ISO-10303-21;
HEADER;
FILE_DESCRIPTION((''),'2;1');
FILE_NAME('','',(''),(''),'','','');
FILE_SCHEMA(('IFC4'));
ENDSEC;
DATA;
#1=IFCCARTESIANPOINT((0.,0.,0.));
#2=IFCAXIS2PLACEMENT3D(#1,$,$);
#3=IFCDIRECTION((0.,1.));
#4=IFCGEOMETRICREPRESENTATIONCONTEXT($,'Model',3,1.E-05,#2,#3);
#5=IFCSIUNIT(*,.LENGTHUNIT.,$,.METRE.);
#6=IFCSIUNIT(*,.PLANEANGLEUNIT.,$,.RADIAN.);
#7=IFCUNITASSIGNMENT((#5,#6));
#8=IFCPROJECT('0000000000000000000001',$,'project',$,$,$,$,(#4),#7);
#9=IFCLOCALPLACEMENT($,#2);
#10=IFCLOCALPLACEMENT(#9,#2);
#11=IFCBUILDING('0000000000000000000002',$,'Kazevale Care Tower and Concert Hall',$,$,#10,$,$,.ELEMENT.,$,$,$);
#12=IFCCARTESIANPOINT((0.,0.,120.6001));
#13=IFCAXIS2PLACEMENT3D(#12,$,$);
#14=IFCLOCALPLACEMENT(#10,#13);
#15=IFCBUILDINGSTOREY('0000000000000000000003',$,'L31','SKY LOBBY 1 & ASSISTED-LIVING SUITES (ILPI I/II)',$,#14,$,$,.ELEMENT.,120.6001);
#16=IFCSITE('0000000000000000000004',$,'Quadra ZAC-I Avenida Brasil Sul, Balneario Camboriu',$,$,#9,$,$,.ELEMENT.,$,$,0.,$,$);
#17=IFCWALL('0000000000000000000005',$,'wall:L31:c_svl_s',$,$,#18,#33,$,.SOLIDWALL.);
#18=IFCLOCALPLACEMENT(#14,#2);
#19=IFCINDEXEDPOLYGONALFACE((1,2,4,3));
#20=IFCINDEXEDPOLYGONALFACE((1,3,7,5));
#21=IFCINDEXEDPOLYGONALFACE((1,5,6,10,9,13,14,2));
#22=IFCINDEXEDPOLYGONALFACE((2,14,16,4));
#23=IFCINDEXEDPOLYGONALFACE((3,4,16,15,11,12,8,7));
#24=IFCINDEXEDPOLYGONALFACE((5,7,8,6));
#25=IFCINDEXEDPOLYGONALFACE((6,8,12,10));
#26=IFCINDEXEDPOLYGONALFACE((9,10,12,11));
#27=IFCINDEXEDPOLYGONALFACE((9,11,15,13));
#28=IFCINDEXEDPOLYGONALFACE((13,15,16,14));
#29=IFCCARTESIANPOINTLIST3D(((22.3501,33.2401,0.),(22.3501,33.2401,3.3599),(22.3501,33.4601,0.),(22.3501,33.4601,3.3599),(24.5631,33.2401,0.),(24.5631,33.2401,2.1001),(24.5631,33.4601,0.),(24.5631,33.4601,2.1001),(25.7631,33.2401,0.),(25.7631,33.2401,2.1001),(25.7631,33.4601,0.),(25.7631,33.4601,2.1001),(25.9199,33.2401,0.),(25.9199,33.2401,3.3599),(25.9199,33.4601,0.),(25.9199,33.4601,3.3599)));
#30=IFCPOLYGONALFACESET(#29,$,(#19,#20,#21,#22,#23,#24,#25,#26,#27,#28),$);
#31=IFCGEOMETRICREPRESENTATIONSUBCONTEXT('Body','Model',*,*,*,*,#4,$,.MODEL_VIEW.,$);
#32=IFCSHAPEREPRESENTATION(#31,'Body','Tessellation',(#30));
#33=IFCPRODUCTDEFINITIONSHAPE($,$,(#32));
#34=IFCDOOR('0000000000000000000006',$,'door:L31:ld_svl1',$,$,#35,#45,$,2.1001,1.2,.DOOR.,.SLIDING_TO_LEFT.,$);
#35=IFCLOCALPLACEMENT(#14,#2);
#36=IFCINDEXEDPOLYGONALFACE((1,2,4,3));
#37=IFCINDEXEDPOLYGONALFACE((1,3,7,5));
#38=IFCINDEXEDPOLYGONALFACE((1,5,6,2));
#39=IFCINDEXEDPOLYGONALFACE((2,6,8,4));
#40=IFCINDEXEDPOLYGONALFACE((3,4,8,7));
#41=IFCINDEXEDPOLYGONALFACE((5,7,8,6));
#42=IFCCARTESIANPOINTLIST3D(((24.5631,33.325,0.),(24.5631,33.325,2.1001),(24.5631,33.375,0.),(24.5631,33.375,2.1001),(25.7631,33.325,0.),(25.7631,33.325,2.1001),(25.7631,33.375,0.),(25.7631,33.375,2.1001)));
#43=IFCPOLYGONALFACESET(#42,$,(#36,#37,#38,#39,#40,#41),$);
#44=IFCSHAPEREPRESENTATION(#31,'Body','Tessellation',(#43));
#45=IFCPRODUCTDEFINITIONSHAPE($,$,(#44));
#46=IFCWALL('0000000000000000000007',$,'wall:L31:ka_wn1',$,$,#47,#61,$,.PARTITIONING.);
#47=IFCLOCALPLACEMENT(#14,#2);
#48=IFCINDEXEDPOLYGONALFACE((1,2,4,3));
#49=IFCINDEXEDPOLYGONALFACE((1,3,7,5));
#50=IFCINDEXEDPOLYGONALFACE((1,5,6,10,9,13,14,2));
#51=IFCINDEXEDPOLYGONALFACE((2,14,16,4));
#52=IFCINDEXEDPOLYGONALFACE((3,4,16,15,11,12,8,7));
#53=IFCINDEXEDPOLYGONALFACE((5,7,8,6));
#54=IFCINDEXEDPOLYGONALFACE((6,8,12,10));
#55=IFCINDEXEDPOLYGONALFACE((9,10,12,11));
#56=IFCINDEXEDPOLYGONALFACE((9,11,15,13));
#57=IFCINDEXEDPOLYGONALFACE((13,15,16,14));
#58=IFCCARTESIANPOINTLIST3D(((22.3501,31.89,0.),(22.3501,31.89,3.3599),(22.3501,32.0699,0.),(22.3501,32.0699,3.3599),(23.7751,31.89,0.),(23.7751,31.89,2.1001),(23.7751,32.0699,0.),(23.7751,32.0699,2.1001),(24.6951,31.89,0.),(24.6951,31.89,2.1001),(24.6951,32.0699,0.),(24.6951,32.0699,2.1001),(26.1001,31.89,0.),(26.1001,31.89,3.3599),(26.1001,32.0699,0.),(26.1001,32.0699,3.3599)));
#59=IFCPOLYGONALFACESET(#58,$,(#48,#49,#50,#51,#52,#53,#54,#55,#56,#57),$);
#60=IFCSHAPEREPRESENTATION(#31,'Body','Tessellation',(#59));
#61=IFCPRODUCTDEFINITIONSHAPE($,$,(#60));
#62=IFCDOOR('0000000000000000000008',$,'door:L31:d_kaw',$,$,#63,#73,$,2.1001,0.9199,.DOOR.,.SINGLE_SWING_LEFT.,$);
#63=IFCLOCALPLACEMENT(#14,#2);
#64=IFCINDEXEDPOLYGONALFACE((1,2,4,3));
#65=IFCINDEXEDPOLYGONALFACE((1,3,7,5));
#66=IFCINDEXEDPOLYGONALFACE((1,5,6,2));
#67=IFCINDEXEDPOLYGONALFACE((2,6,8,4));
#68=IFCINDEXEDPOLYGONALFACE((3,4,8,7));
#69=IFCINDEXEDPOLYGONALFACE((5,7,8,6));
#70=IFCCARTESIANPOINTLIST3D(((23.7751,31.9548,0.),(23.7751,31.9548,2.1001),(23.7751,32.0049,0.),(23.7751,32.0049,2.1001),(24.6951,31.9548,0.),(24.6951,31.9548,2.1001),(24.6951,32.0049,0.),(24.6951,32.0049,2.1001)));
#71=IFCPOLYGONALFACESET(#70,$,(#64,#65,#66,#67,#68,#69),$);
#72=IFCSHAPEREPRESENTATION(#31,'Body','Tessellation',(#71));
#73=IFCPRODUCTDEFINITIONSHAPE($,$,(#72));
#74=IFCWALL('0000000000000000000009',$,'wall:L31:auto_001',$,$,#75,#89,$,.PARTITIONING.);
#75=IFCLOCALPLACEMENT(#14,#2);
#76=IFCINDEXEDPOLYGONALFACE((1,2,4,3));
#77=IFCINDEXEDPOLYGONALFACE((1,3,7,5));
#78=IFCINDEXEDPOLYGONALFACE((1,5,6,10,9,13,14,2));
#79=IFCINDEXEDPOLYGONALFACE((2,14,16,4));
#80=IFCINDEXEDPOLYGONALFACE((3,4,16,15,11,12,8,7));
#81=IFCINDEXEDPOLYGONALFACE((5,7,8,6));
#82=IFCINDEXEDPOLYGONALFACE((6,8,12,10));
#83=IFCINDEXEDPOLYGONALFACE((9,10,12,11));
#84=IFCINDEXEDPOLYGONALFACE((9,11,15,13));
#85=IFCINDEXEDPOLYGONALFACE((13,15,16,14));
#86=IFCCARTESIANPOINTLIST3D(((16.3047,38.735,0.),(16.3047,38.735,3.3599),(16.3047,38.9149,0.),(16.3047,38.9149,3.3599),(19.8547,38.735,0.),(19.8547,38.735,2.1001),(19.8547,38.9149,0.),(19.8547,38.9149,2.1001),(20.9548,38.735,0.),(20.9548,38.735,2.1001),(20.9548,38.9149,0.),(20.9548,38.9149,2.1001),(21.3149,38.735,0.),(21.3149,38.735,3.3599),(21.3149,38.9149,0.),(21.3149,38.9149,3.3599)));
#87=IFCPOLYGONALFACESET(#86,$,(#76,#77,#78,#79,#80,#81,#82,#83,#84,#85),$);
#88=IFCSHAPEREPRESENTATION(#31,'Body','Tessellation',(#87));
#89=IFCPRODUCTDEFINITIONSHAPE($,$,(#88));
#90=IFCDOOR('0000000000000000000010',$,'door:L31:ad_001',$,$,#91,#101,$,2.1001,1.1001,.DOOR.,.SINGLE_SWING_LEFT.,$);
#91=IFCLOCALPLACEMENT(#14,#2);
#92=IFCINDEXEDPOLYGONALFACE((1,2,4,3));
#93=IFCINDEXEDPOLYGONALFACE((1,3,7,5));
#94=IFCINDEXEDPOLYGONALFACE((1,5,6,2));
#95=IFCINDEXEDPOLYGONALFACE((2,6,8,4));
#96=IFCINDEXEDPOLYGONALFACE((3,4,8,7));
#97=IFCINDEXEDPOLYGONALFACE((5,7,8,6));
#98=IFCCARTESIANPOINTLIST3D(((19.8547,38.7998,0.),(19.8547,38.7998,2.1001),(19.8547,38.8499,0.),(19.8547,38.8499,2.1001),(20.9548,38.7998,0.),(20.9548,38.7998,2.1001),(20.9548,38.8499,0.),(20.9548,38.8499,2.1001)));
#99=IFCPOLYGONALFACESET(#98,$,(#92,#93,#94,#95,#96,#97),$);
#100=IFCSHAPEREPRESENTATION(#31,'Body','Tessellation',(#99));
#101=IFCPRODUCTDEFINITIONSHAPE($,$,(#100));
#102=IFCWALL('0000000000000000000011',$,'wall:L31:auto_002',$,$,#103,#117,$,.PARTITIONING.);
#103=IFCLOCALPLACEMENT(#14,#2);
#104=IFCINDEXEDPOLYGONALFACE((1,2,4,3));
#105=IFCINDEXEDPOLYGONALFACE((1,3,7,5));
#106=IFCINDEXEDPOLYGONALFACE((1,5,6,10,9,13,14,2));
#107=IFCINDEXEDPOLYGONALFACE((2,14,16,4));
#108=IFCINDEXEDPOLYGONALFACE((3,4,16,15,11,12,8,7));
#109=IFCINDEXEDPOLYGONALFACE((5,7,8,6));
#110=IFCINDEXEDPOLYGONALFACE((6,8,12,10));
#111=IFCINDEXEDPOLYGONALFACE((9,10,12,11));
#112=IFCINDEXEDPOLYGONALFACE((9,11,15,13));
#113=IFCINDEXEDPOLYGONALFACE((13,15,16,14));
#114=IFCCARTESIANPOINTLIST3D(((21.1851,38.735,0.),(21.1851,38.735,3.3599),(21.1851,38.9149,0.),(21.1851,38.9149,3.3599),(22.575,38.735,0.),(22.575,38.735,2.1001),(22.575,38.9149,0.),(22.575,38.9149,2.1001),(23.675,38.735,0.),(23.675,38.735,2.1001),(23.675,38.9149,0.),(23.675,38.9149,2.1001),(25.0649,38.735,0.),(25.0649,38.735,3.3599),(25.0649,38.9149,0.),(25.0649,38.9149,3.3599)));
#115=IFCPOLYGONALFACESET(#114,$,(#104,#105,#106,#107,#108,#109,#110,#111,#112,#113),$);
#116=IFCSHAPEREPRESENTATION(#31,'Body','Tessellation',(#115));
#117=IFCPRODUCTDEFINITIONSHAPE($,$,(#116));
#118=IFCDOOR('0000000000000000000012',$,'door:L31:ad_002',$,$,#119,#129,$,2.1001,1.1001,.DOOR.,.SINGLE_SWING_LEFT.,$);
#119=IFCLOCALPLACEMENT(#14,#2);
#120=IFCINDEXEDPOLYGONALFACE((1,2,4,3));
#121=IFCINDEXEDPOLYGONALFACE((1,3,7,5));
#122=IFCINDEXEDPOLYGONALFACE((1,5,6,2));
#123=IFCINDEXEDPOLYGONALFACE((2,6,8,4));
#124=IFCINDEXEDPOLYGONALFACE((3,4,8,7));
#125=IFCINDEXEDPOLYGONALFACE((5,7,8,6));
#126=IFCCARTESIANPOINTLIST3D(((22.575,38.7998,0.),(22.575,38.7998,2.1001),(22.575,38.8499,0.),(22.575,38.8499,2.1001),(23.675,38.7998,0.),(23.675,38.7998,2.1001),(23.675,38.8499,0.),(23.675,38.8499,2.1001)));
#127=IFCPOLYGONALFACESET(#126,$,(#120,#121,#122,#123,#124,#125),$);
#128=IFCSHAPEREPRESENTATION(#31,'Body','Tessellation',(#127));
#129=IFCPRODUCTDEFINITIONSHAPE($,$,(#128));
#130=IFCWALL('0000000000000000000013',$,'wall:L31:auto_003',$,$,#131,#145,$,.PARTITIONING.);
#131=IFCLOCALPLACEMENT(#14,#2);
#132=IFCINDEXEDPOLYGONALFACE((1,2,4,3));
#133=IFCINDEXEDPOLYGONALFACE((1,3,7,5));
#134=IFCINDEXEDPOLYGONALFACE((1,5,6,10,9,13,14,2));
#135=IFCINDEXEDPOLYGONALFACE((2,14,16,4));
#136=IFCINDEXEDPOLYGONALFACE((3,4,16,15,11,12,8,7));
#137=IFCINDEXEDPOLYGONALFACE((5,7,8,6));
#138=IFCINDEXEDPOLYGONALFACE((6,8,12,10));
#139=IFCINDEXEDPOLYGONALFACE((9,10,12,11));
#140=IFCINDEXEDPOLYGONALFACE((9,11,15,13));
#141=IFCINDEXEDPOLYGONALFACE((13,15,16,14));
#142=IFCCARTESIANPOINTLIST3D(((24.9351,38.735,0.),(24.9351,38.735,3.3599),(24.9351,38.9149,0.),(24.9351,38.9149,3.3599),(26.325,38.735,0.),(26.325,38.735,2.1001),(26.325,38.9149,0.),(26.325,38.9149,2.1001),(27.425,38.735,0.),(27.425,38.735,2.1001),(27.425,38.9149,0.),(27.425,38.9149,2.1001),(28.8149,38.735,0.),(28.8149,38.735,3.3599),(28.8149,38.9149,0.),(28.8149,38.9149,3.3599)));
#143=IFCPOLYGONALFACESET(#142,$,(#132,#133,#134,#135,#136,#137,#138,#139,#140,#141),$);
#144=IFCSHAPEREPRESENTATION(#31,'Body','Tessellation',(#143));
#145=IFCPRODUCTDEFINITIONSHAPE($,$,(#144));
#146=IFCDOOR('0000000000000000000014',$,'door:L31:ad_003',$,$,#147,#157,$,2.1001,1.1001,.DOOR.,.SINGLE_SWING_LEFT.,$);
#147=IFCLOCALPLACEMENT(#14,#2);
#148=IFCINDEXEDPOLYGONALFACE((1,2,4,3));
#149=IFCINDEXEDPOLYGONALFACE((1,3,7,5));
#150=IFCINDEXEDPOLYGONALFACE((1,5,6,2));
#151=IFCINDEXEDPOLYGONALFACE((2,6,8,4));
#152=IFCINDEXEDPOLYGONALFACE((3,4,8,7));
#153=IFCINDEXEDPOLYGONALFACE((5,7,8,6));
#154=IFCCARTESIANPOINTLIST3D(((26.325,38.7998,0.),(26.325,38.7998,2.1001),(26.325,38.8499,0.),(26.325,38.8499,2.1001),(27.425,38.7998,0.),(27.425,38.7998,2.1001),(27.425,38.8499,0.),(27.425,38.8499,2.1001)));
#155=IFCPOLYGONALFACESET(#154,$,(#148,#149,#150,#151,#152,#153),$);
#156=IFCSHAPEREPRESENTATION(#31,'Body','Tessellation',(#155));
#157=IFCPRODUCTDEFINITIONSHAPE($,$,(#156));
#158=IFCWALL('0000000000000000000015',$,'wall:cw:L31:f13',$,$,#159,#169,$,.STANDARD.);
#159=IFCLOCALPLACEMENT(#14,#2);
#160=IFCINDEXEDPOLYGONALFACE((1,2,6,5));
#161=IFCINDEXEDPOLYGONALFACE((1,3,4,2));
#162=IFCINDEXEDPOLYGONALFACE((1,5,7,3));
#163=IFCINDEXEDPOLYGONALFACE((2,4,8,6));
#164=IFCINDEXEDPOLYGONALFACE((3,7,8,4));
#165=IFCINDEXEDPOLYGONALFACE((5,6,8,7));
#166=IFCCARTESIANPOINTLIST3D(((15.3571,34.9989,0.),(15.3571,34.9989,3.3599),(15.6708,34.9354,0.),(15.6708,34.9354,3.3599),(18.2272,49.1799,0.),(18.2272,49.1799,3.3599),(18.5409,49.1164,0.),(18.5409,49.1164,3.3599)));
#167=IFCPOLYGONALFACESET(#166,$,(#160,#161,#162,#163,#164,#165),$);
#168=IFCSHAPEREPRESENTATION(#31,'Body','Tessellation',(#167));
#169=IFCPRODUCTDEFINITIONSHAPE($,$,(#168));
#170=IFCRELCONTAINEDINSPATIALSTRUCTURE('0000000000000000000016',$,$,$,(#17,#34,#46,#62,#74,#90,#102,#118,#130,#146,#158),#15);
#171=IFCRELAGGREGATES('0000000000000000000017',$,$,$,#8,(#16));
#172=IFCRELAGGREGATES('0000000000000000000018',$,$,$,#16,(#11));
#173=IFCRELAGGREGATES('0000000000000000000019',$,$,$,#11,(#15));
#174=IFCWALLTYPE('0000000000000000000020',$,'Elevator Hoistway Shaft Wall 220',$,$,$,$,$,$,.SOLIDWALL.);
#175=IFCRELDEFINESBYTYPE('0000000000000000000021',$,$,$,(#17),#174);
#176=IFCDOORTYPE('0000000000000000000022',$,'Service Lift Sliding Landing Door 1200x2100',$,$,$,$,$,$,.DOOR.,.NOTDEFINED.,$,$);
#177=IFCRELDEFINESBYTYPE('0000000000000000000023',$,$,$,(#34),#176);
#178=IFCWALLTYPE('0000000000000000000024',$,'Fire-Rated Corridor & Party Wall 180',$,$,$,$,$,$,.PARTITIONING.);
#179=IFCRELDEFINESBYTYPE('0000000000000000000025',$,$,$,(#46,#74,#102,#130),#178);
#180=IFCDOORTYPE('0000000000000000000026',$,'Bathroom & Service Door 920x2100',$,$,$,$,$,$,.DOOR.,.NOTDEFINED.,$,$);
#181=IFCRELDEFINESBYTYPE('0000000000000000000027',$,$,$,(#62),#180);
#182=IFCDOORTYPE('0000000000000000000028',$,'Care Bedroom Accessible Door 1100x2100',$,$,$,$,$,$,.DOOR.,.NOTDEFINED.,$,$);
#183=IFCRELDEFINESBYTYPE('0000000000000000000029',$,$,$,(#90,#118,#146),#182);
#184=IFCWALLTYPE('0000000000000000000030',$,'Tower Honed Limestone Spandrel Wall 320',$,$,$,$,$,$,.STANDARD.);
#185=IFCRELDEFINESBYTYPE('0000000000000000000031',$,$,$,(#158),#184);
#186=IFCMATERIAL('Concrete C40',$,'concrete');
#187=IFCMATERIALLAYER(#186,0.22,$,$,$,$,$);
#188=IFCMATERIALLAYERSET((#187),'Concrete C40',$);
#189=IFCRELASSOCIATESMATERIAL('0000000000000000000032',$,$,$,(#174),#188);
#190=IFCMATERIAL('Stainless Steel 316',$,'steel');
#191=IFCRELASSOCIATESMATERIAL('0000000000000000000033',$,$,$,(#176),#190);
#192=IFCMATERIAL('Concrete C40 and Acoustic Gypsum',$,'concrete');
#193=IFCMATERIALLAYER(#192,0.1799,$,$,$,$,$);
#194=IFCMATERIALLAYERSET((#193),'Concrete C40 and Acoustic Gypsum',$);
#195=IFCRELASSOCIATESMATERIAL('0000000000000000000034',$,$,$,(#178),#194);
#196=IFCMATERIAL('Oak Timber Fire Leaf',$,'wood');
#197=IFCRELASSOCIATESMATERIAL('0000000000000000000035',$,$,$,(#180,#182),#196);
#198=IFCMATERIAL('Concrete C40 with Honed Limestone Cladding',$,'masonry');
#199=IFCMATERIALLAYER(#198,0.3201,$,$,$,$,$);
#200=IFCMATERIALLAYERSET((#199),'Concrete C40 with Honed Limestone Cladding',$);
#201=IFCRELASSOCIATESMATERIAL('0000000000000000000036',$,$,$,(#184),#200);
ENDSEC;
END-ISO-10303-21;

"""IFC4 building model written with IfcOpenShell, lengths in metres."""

from ifc_helpers import new_model, si_unit, direction, frame, frame_2d, origin, place, context, subcontext, project, spatial, rectangle, extrude, material, layer, layer_set, type_object, element, fill, save


model = new_model("IFC4")

# Units and contexts
model_context = context("Model", 3, precision=1e-05, world=origin(), true_north=direction((0.0, 1.0)))
body_context = subcontext(model_context, "Body", "Model", "MODEL_VIEW")
ifc_project = project(units=[si_unit("LENGTHUNIT", "METRE"), si_unit("PLANEANGLEUNIT", "RADIAN")], contexts=[model_context])

# Site, building, storey
site_placement = place(None, origin())
site = spatial("IfcSite", under=ifc_project, at=site_placement, Name="Quadra ZAC-I Avenida Brasil Sul, Balneario Camboriu", CompositionType="ELEMENT", RefElevation=0.0)
building_placement = place(site_placement, origin())
building = spatial("IfcBuilding", under=site, at=building_placement, Name="Kazevale Care Tower and Concert Hall", CompositionType="ELEMENT")
storey_placement = place(building_placement, frame((0.0, 0.0, 120.6001)))
storey = spatial("IfcBuildingStorey", under=building, at=storey_placement, Name="L31", Description="SKY LOBBY 1 & ASSISTED-LIVING SUITES (ILPI I/II)", CompositionType="ELEMENT", Elevation=120.6001)

# Shared definitions
ifc_material_1 = material(Name="Concrete C40", Category="concrete")
ifc_layer_1 = layer(ifc_material_1, 0.22)
ifc_layer_set_1 = layer_set([ifc_layer_1], Name="Concrete C40")
wall_type_1 = type_object("IfcWallType", Name="Elevator Hoistway Shaft Wall 220", PredefinedType="SOLIDWALL", material=ifc_layer_set_1)

# Walls, openings, doors
wall_1_placement = place(storey_placement, frame((22.3501, 33.3501, 0.0), z_axis=(0.0, 0.0, 1.0), x_axis=(1.0, 0.0, 0.0)))
wall_1 = element("IfcWall", 1, at=wall_1_placement, inside=storey, type_object=wall_type_1, Name="wall:L31:c_svl_s", PredefinedType="SOLIDWALL", context=body_context, shape_type="SweptSolid", body=[
    extrude(rectangle(XDim=3.5698, YDim=0.22, at=frame_2d((1.7849, 0.0))), origin(), (0.0, 0.0, 1.0), 3.3599),
])
opening_1_placement = place(wall_1_placement, frame((2.2129, 0.0, 0.0)))
opening_1 = element("IfcOpeningElement", 2, at=opening_1_placement, cuts=wall_1, PredefinedType="OPENING", context=body_context, shape_type="SweptSolid", body=[
    extrude(rectangle(XDim=1.2, YDim=2.1001, at=frame_2d((0.6001, 1.05))), frame((0.0, 0.1199, 0.0), z_axis=(0.0, -1.0, 0.0), x_axis=(1.0, 0.0, 0.0)), (0.0, 0.0, 1.0), 0.24),
])
ifc_material_2 = material(Name="Stainless Steel 316", Category="steel")
door_type_1 = type_object("IfcDoorType", Name="Service Lift Sliding Landing Door 1200x2100", OperationType="NOTDEFINED", PredefinedType="DOOR", material=ifc_material_2)
door_1_placement = place(opening_1_placement, origin())
door_1 = element("IfcDoor", 3, at=door_1_placement, inside=storey, type_object=door_type_1, Name="door:L31:ld_svl1", OperationType="SLIDING_TO_LEFT", OverallHeight=2.1001, OverallWidth=1.2, PredefinedType="DOOR", context=body_context, shape_type="SweptSolid", body=[
    extrude(rectangle(XDim=1.2, YDim=2.1001, at=frame_2d((0.6001, 1.05))), frame((0.0, 0.0249, 0.0), z_axis=(0.0, -1.0, 0.0), x_axis=(1.0, 0.0, 0.0)), (0.0, 0.0, 1.0), 0.05),
])
fill(opening_1, door_1)
ifc_material_3 = material(Name="Concrete C40 and Acoustic Gypsum", Category="concrete")
ifc_layer_2 = layer(ifc_material_3, 0.1799)
ifc_layer_set_2 = layer_set([ifc_layer_2], Name="Concrete C40 and Acoustic Gypsum")
wall_type_2 = type_object("IfcWallType", Name="Fire-Rated Corridor & Party Wall 180", PredefinedType="PARTITIONING", material=ifc_layer_set_2)
wall_2_placement = place(storey_placement, frame((22.3501, 31.98, 0.0), z_axis=(0.0, 0.0, 1.0), x_axis=(1.0, 0.0, 0.0)))
wall_2 = element("IfcWall", 4, at=wall_2_placement, inside=storey, type_object=wall_type_2, Name="wall:L31:ka_wn1", PredefinedType="PARTITIONING", context=body_context, shape_type="SweptSolid", body=[
    extrude(rectangle(XDim=3.75, YDim=0.1799, at=frame_2d((1.875, 0.0))), origin(), (0.0, 0.0, 1.0), 3.3599),
])
opening_2_placement = place(wall_2_placement, frame((1.425, 0.0, 0.0)))
opening_2 = element("IfcOpeningElement", 5, at=opening_2_placement, cuts=wall_2, PredefinedType="OPENING", context=body_context, shape_type="SweptSolid", body=[
    extrude(rectangle(XDim=0.9199, YDim=2.1001, at=frame_2d((0.46, 1.05))), frame((0.0, 0.0999, 0.0), z_axis=(0.0, -1.0, 0.0), x_axis=(1.0, 0.0, 0.0)), (0.0, 0.0, 1.0), 0.2),
])
ifc_material_4 = material(Name="Oak Timber Fire Leaf", Category="wood")
door_type_2 = type_object("IfcDoorType", Name="Bathroom & Service Door 920x2100", OperationType="NOTDEFINED", PredefinedType="DOOR", material=ifc_material_4)
door_2_placement = place(opening_2_placement, origin())
door_2 = element("IfcDoor", 6, at=door_2_placement, inside=storey, type_object=door_type_2, Name="door:L31:d_kaw", OperationType="SINGLE_SWING_LEFT", OverallHeight=2.1001, OverallWidth=0.9199, PredefinedType="DOOR", context=body_context, shape_type="SweptSolid", body=[
    extrude(rectangle(XDim=0.9199, YDim=2.1001, at=frame_2d((0.46, 1.05))), frame((0.0, 0.0249, 0.0), z_axis=(0.0, -1.0, 0.0), x_axis=(1.0, 0.0, 0.0)), (0.0, 0.0, 1.0), 0.05),
])
fill(opening_2, door_2)
wall_3_placement = place(storey_placement, frame((16.3047, 38.825, 0.0), z_axis=(0.0, 0.0, 1.0), x_axis=(1.0, 0.0, 0.0)))
wall_3 = element("IfcWall", 7, at=wall_3_placement, inside=storey, type_object=wall_type_2, Name="wall:L31:auto_001", PredefinedType="PARTITIONING", context=body_context, shape_type="SweptSolid", body=[
    extrude(rectangle(XDim=5.0103, YDim=0.1799, at=frame_2d((2.5051, 0.0))), origin(), (0.0, 0.0, 1.0), 3.3599),
])
opening_3_placement = place(wall_3_placement, frame((3.55, 0.0, 0.0)))
opening_3 = element("IfcOpeningElement", 8, at=opening_3_placement, cuts=wall_3, PredefinedType="OPENING", context=body_context, shape_type="SweptSolid", body=[
    extrude(rectangle(XDim=1.1001, YDim=2.1001, at=frame_2d((0.55, 1.05))), frame((0.0, 0.0999, 0.0), z_axis=(0.0, -1.0, 0.0), x_axis=(1.0, 0.0, 0.0)), (0.0, 0.0, 1.0), 0.2),
])
door_type_3 = type_object("IfcDoorType", Name="Care Bedroom Accessible Door 1100x2100", OperationType="NOTDEFINED", PredefinedType="DOOR", material=ifc_material_4)
door_3_placement = place(opening_3_placement, origin())
door_3 = element("IfcDoor", 9, at=door_3_placement, inside=storey, type_object=door_type_3, Name="door:L31:ad_001", OperationType="SINGLE_SWING_LEFT", OverallHeight=2.1001, OverallWidth=1.1001, PredefinedType="DOOR", context=body_context, shape_type="SweptSolid", body=[
    extrude(rectangle(XDim=1.1001, YDim=2.1001, at=frame_2d((0.55, 1.05))), frame((0.0, 0.0249, 0.0), z_axis=(0.0, -1.0, 0.0), x_axis=(1.0, 0.0, 0.0)), (0.0, 0.0, 1.0), 0.05),
])
fill(opening_3, door_3)
wall_4_placement = place(storey_placement, frame((21.1851, 38.825, 0.0), z_axis=(0.0, 0.0, 1.0), x_axis=(1.0, 0.0, 0.0)))
wall_4 = element("IfcWall", 10, at=wall_4_placement, inside=storey, type_object=wall_type_2, Name="wall:L31:auto_002", PredefinedType="PARTITIONING", context=body_context, shape_type="SweptSolid", body=[
    extrude(rectangle(XDim=3.8799, YDim=0.1799, at=frame_2d((1.9399, 0.0))), origin(), (0.0, 0.0, 1.0), 3.3599),
])
opening_4_placement = place(wall_4_placement, frame((1.3899, 0.0, 0.0)))
opening_4 = element("IfcOpeningElement", 11, at=opening_4_placement, cuts=wall_4, PredefinedType="OPENING", context=body_context, shape_type="SweptSolid", body=[
    extrude(rectangle(XDim=1.1001, YDim=2.1001, at=frame_2d((0.55, 1.05))), frame((0.0, 0.0999, 0.0), z_axis=(0.0, -1.0, 0.0), x_axis=(1.0, 0.0, 0.0)), (0.0, 0.0, 1.0), 0.2),
])
door_4_placement = place(opening_4_placement, origin())
door_4 = element("IfcDoor", 12, at=door_4_placement, inside=storey, type_object=door_type_3, Name="door:L31:ad_002", OperationType="SINGLE_SWING_LEFT", OverallHeight=2.1001, OverallWidth=1.1001, PredefinedType="DOOR", context=body_context, shape_type="SweptSolid", body=[
    extrude(rectangle(XDim=1.1001, YDim=2.1001, at=frame_2d((0.55, 1.05))), frame((0.0, 0.0249, 0.0), z_axis=(0.0, -1.0, 0.0), x_axis=(1.0, 0.0, 0.0)), (0.0, 0.0, 1.0), 0.05),
])
fill(opening_4, door_4)
wall_5_placement = place(storey_placement, frame((24.9351, 38.825, 0.0), z_axis=(0.0, 0.0, 1.0), x_axis=(1.0, 0.0, 0.0)))
wall_5 = element("IfcWall", 13, at=wall_5_placement, inside=storey, type_object=wall_type_2, Name="wall:L31:auto_003", PredefinedType="PARTITIONING", context=body_context, shape_type="SweptSolid", body=[
    extrude(rectangle(XDim=3.8799, YDim=0.1799, at=frame_2d((1.9399, 0.0))), origin(), (0.0, 0.0, 1.0), 3.3599),
])
opening_5_placement = place(wall_5_placement, frame((1.3899, 0.0, 0.0)))
opening_5 = element("IfcOpeningElement", 14, at=opening_5_placement, cuts=wall_5, PredefinedType="OPENING", context=body_context, shape_type="SweptSolid", body=[
    extrude(rectangle(XDim=1.1001, YDim=2.1001, at=frame_2d((0.55, 1.05))), frame((0.0, 0.0999, 0.0), z_axis=(0.0, -1.0, 0.0), x_axis=(1.0, 0.0, 0.0)), (0.0, 0.0, 1.0), 0.2),
])
door_5_placement = place(opening_5_placement, origin())
door_5 = element("IfcDoor", 15, at=door_5_placement, inside=storey, type_object=door_type_3, Name="door:L31:ad_003", OperationType="SINGLE_SWING_LEFT", OverallHeight=2.1001, OverallWidth=1.1001, PredefinedType="DOOR", context=body_context, shape_type="SweptSolid", body=[
    extrude(rectangle(XDim=1.1001, YDim=2.1001, at=frame_2d((0.55, 1.05))), frame((0.0, 0.0249, 0.0), z_axis=(0.0, -1.0, 0.0), x_axis=(1.0, 0.0, 0.0)), (0.0, 0.0, 1.0), 0.05),
])
fill(opening_5, door_5)

# Wall
ifc_material_5 = material(Name="Concrete C40 with Honed Limestone Cladding", Category="masonry")
ifc_layer_3 = layer(ifc_material_5, 0.3201)
ifc_layer_set_3 = layer_set([ifc_layer_3], Name="Concrete C40 with Honed Limestone Cladding")
wall_type_3 = type_object("IfcWallType", Name="Tower Honed Limestone Spandrel Wall 320", PredefinedType="STANDARD", material=ifc_layer_set_3)
wall_6_placement = place(storey_placement, frame((15.5139, 34.967, 0.0), z_axis=(0.0, 0.0, 1.0), x_axis=(0.198371, 0.980127, 0.0)))
element("IfcWall", 16, at=wall_6_placement, inside=storey, type_object=wall_type_3, Name="wall:cw:L31:f13", PredefinedType="STANDARD", context=body_context, shape_type="SweptSolid", body=[
    extrude(rectangle(XDim=14.4685, YDim=0.3201, at=frame_2d((7.2344, 0.0))), origin(), (0.0, 0.0, 1.0), 3.3599),
])

save(model, "model.ifc")
